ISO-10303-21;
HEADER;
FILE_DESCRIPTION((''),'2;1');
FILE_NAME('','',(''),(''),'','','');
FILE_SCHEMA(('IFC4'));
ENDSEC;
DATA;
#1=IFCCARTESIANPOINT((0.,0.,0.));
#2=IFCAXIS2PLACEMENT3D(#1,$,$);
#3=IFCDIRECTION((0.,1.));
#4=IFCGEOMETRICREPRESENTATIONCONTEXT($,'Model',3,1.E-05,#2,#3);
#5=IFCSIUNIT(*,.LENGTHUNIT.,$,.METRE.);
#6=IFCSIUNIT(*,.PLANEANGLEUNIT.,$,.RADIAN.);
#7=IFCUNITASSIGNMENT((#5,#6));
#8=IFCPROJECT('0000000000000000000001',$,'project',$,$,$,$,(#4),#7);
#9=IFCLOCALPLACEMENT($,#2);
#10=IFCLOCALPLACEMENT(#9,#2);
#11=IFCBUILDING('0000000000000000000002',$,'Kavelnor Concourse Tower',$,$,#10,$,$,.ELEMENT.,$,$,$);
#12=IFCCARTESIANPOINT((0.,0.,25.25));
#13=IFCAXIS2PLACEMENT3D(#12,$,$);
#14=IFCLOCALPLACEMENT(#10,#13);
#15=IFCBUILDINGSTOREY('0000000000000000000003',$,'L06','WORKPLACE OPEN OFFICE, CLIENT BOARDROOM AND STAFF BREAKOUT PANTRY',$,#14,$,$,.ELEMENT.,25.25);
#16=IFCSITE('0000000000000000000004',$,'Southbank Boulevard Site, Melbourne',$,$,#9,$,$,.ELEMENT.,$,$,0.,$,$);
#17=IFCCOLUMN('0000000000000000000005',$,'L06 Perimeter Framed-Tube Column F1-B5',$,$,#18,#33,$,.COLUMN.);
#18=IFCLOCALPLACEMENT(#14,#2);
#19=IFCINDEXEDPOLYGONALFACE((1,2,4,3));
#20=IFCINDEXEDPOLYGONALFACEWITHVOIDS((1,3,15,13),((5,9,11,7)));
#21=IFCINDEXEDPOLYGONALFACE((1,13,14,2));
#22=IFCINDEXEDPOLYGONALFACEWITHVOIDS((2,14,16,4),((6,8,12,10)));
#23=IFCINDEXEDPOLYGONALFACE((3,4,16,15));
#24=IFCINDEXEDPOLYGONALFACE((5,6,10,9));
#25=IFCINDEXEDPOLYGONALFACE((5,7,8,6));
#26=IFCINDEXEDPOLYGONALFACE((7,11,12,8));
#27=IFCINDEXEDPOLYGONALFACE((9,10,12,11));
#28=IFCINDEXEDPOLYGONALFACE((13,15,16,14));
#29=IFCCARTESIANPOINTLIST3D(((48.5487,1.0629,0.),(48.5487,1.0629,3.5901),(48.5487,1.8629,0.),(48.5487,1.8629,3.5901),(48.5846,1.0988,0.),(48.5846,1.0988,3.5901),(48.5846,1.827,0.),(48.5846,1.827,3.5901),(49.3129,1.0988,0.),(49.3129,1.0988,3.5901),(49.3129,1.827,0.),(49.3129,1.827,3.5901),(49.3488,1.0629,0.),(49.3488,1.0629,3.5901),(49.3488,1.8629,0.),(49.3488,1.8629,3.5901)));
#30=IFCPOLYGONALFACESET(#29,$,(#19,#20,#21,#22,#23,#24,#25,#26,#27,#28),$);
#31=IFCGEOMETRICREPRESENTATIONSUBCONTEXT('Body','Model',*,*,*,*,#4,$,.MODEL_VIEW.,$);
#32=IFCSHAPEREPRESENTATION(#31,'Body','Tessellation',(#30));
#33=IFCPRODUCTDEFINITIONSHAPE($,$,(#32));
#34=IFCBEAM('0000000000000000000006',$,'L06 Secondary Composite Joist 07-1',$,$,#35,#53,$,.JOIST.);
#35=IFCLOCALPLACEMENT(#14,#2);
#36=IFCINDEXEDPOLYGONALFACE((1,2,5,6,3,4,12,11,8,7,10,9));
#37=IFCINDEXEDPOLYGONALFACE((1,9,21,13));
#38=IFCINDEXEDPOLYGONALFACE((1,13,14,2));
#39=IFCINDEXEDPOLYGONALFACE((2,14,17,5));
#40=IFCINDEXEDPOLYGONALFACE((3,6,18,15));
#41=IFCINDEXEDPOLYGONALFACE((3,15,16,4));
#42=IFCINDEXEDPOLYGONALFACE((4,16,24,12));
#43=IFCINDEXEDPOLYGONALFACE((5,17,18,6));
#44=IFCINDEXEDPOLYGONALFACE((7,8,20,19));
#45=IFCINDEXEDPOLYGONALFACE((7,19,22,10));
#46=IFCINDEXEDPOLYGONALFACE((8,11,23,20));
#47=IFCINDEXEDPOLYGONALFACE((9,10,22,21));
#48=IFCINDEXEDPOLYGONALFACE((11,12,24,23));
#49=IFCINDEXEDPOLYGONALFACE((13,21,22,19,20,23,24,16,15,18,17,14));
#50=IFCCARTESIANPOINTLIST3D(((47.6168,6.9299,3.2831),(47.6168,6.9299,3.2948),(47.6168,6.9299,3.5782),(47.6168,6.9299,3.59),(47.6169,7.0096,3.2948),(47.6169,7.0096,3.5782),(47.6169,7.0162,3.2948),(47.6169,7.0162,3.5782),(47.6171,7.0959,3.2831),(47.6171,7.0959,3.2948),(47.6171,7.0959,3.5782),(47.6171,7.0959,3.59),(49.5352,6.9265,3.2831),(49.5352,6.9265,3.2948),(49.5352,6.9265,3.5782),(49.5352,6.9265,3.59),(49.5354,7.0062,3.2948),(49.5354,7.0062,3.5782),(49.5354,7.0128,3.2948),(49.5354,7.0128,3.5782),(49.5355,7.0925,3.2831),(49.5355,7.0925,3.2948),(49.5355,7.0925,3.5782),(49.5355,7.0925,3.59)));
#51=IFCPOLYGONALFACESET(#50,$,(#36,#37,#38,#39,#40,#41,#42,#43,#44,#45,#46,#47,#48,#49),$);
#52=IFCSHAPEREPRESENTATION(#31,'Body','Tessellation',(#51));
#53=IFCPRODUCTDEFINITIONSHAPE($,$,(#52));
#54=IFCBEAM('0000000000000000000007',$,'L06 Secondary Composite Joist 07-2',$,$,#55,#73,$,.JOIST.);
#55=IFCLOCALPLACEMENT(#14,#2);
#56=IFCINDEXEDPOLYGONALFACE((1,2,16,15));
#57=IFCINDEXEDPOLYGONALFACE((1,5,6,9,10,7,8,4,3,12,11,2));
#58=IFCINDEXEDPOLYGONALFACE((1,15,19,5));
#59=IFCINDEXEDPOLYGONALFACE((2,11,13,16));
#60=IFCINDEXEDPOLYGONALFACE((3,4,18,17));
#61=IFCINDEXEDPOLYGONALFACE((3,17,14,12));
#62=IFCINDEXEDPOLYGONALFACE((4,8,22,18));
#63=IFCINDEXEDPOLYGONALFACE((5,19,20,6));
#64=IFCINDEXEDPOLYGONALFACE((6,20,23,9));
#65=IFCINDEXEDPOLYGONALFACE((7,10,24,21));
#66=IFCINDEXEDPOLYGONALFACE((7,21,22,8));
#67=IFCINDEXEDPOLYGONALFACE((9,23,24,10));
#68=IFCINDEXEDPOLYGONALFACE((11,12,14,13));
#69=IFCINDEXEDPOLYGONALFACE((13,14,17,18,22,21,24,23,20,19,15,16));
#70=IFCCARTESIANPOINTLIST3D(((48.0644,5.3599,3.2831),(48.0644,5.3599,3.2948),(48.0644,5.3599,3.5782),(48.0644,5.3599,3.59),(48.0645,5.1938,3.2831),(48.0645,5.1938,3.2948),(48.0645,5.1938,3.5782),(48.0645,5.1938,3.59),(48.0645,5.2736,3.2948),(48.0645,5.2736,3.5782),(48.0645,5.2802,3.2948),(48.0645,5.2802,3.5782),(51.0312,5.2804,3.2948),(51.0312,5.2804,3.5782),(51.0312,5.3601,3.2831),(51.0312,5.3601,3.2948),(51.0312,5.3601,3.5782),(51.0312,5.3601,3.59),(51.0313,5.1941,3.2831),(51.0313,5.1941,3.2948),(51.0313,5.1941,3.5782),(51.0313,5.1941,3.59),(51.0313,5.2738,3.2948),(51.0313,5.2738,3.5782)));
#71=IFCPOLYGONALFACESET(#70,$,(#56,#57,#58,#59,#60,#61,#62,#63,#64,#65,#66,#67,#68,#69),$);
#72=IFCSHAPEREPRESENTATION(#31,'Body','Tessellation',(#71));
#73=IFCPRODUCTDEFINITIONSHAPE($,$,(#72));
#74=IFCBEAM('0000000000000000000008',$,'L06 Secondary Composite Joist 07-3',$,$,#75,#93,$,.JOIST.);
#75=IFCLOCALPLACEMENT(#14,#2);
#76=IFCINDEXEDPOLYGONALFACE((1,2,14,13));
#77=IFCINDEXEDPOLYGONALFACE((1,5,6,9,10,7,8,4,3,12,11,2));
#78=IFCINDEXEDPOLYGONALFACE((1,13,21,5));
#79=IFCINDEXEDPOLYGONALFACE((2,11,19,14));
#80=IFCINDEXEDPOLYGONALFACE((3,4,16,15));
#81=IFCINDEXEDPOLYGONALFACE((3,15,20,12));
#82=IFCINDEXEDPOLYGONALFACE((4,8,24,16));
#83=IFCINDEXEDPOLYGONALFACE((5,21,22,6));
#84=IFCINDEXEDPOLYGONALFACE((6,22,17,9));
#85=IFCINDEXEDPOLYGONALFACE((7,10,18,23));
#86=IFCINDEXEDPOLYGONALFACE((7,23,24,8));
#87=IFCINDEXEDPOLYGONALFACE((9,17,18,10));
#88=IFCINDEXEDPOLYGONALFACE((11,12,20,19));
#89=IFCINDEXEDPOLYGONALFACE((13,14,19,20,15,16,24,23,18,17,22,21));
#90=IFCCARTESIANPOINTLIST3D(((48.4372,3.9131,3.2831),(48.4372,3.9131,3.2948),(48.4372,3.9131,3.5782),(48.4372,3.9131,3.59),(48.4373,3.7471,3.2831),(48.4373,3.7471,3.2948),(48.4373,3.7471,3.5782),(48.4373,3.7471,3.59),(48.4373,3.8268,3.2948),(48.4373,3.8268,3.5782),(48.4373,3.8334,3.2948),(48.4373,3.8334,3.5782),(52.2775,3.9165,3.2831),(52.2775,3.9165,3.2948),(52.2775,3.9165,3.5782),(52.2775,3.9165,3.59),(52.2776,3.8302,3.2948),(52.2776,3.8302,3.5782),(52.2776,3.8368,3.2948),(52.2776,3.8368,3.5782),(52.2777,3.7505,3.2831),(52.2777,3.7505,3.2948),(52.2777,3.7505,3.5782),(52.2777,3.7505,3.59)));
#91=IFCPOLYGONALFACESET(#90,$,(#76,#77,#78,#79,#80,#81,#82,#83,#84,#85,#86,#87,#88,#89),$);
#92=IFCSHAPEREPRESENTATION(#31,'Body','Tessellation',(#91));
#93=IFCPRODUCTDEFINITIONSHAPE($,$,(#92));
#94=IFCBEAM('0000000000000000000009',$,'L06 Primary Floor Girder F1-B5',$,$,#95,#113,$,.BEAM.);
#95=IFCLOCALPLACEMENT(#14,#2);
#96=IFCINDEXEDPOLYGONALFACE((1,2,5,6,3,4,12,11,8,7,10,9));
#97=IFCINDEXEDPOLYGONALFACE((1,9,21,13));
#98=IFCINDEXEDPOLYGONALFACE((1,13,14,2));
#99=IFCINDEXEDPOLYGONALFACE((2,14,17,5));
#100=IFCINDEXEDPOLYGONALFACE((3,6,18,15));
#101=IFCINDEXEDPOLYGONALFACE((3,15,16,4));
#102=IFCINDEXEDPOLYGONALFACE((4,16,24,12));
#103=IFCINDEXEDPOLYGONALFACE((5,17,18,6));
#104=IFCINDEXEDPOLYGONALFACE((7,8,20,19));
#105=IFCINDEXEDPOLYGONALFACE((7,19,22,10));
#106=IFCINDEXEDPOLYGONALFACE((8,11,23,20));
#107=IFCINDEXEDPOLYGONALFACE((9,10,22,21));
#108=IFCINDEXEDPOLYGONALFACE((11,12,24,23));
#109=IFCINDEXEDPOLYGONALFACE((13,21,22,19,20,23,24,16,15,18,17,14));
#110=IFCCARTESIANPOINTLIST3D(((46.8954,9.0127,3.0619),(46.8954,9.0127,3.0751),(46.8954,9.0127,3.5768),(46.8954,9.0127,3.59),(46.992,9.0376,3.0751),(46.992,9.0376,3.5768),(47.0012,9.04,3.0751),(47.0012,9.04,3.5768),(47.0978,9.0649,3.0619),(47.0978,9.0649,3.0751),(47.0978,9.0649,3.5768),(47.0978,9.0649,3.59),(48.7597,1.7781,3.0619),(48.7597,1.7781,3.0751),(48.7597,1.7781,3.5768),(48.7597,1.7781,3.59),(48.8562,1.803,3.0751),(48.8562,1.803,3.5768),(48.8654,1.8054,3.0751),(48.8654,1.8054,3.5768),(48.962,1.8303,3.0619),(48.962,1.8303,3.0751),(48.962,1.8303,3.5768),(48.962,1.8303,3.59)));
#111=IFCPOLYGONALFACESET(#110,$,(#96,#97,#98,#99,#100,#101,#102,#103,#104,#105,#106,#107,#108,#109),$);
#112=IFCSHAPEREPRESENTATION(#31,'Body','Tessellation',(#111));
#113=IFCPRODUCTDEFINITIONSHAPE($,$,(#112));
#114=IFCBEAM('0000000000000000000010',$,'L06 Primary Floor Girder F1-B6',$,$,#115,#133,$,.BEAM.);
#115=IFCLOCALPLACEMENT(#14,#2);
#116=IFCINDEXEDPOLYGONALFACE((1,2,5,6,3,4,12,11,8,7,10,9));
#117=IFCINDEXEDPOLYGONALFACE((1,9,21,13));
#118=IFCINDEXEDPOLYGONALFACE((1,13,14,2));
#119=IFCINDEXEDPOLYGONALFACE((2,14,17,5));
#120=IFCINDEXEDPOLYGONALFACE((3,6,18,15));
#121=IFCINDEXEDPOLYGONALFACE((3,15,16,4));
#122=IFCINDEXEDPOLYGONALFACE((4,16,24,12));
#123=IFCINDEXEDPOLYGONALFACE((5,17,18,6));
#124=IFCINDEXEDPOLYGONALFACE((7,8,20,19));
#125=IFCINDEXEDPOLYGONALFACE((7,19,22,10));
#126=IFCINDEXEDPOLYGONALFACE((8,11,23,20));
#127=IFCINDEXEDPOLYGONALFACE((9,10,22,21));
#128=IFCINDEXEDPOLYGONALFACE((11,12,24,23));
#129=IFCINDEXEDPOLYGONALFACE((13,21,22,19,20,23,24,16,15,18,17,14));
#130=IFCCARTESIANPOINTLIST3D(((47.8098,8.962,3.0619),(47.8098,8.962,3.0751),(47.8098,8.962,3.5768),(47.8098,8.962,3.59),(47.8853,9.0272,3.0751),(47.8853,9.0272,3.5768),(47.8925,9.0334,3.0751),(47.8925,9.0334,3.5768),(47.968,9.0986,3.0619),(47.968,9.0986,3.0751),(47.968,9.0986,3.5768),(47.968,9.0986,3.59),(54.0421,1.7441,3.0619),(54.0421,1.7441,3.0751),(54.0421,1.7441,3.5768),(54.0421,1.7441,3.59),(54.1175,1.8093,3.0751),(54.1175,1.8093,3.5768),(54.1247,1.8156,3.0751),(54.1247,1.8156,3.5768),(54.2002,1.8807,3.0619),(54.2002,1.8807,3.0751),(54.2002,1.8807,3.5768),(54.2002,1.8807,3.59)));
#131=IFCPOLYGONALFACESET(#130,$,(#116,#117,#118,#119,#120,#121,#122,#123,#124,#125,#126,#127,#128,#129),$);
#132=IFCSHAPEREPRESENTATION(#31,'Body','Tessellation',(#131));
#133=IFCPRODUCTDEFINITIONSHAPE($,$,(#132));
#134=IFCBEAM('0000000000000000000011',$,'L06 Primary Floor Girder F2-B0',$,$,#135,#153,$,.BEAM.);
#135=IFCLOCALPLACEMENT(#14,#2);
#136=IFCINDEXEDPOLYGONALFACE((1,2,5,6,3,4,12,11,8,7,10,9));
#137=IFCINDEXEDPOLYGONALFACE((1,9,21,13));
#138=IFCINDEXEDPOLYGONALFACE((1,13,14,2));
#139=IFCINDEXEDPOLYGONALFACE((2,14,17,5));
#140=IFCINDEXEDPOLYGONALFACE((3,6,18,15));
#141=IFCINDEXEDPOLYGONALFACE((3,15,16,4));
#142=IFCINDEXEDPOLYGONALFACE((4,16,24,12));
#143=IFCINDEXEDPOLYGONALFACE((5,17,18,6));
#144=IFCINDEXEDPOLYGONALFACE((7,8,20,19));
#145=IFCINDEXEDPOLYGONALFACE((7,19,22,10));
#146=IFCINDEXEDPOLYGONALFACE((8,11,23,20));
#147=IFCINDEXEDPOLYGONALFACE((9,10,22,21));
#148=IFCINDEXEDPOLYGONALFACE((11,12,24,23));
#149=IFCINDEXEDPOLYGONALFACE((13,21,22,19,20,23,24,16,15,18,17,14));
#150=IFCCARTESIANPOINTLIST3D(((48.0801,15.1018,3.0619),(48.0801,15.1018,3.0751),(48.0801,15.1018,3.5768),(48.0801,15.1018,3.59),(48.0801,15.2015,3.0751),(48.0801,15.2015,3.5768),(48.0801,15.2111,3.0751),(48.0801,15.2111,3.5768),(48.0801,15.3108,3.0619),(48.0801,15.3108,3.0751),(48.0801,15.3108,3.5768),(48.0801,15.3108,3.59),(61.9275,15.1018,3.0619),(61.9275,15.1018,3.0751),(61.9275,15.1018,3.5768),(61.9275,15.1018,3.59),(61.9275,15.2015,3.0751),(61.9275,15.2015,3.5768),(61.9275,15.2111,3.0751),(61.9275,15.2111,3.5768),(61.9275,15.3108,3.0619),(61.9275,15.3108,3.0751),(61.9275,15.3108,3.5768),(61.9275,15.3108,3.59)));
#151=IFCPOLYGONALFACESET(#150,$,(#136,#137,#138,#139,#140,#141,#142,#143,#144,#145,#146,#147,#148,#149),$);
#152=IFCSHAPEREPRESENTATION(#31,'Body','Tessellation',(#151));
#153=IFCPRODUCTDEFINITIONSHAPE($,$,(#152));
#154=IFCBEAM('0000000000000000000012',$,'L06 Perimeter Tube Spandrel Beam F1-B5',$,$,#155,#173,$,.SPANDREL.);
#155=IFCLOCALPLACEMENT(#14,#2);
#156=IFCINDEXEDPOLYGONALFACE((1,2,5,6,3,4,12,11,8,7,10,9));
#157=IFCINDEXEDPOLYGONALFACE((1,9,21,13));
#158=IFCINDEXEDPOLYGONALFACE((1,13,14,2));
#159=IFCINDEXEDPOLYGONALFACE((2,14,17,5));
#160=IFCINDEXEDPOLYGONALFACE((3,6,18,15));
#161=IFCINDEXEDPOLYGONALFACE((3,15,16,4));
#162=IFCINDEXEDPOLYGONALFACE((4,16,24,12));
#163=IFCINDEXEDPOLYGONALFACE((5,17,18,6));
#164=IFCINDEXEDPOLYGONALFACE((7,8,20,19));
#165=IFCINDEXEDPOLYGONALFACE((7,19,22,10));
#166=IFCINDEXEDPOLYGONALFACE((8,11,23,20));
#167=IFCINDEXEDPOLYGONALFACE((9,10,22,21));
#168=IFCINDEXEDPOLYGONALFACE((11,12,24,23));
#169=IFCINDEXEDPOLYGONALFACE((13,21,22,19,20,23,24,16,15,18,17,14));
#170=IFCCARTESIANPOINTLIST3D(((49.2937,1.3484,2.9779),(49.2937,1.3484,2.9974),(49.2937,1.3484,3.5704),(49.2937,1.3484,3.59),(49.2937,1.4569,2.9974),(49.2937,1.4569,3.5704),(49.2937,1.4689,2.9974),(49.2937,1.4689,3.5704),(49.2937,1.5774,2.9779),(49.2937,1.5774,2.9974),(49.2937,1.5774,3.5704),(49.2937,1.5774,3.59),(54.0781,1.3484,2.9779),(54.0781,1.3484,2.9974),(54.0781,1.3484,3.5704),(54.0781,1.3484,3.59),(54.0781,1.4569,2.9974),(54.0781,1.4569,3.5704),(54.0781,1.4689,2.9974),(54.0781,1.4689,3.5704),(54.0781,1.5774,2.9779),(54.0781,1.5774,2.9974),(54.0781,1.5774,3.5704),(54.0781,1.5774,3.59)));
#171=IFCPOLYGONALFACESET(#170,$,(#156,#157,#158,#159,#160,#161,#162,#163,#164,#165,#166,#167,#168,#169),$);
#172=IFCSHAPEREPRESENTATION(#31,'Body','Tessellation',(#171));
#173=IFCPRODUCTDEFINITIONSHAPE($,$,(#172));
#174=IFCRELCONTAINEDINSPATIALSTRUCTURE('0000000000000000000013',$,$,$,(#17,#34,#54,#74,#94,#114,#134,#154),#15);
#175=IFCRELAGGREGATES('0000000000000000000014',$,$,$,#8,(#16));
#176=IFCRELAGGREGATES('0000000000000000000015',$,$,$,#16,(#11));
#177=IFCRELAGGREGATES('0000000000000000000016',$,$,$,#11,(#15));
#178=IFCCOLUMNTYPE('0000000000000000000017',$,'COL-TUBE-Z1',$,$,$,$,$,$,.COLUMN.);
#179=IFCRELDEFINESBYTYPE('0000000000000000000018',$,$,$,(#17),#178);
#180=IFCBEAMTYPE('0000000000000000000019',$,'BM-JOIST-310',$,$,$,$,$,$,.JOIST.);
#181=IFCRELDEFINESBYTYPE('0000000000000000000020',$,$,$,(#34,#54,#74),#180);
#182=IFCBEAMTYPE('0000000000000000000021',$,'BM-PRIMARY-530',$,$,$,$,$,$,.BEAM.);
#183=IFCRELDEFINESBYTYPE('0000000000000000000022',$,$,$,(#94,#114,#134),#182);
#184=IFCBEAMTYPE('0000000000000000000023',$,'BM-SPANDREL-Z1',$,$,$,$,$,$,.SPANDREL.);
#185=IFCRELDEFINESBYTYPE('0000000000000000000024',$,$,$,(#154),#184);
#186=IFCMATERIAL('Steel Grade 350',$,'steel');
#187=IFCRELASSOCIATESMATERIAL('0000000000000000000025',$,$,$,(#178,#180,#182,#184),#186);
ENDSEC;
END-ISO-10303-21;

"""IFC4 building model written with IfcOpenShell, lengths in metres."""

from ifc_helpers import new_model, si_unit, direction, frame, origin, origin_2d, place, context, subcontext, project, spatial, hollow_rectangle, i_section, extrude, material, material_profile, profile_set, type_object, element, save


model = new_model("IFC4")

# Units and contexts
model_context = context("Model", 3, precision=1e-05, world=origin(), true_north=direction((0.0, 1.0)))
body_context = subcontext(model_context, "Body", "Model", "MODEL_VIEW")
ifc_project = project(units=[si_unit("LENGTHUNIT", "METRE"), si_unit("PLANEANGLEUNIT", "RADIAN")], contexts=[model_context])

# Site, building, storey
site_placement = place(None, origin())
site = spatial("IfcSite", under=ifc_project, at=site_placement, Name="Southbank Boulevard Site, Melbourne", CompositionType="ELEMENT", RefElevation=0.0)
building_placement = place(site_placement, origin())
building = spatial("IfcBuilding", under=site, at=building_placement, Name="Kavelnor Concourse Tower", CompositionType="ELEMENT")
storey_placement = place(building_placement, frame((0.0, 0.0, 25.25)))
storey = spatial("IfcBuildingStorey", under=building, at=storey_placement, Name="L06", Description="WORKPLACE OPEN OFFICE, CLIENT BOARDROOM AND STAFF BREAKOUT PANTRY", CompositionType="ELEMENT", Elevation=25.25)

# Column
ifc_material_1 = material(Name="Steel Grade 350", Category="steel")
ifc_material_profile_1 = material_profile(ifc_material_1, hollow_rectangle(XDim=0.8, YDim=0.8, WallThickness=0.0359, at=origin_2d()), Name="SHS 800x800x36")
ifc_profile_set_1 = profile_set([ifc_material_profile_1], Name="Steel Grade 350")
column_type = type_object("IfcColumnType", Name="COL-TUBE-Z1", PredefinedType="COLUMN", material=ifc_profile_set_1)
column_placement = place(storey_placement, frame((48.9487, 1.4629, 0.0), z_axis=(0.0, 0.0, 1.0), x_axis=(1.0, 0.0, 0.0)))
element("IfcColumn", 1, at=column_placement, inside=storey, type_object=column_type, Name="L06 Perimeter Framed-Tube Column F1-B5", PredefinedType="COLUMN", context=body_context, shape_type="SweptSolid", body=[
    extrude(hollow_rectangle(XDim=0.8, YDim=0.8, WallThickness=0.0359, at=origin_2d()), origin(), (0.0, 0.0, 1.0), 3.5901),
])

# Beams
ifc_material_profile_2 = material_profile(ifc_material_1, i_section(OverallWidth=0.166, OverallDepth=0.3069, WebThickness=0.0066, FlangeThickness=0.0117, at=origin_2d()), Name="310UB46")
ifc_profile_set_2 = profile_set([ifc_material_profile_2], Name="Steel Grade 350")
beam_type_1 = type_object("IfcBeamType", Name="BM-JOIST-310", PredefinedType="JOIST", material=ifc_profile_set_2)
beam_1_placement = place(storey_placement, frame((47.6169, 7.0129, 3.4365), z_axis=(0.999998, -0.001782, 0.0), x_axis=(0.001782, 0.999998, 0.0)))
element("IfcBeam", 2, at=beam_1_placement, inside=storey, type_object=beam_type_1, Name="L06 Secondary Composite Joist 07-1", PredefinedType="JOIST", context=body_context, shape_type="SweptSolid", body=[
    extrude(i_section(OverallWidth=0.166, OverallDepth=0.3069, WebThickness=0.0066, FlangeThickness=0.0117, at=origin_2d()), origin(), (0.0, 0.0, 1.0), 1.9185),
])
beam_2_placement = place(storey_placement, frame((48.0645, 5.2769, 3.4365), z_axis=(1.0, 0.000082, 0.0), x_axis=(-0.000082, 1.0, 0.0)))
element("IfcBeam", 3, at=beam_2_placement, inside=storey, type_object=beam_type_1, Name="L06 Secondary Composite Joist 07-2", PredefinedType="JOIST", context=body_context, shape_type="SweptSolid", body=[
    extrude(i_section(OverallWidth=0.166, OverallDepth=0.3069, WebThickness=0.0066, FlangeThickness=0.0117, at=origin_2d()), origin(), (0.0, 0.0, 1.0), 2.9668),
])
beam_3_placement = place(storey_placement, frame((48.4373, 3.8301, 3.4365), z_axis=(1.0, 0.00089, 0.0), x_axis=(-0.00089, 1.0, 0.0)))
element("IfcBeam", 4, at=beam_3_placement, inside=storey, type_object=beam_type_1, Name="L06 Secondary Composite Joist 07-3", PredefinedType="JOIST", context=body_context, shape_type="SweptSolid", body=[
    extrude(i_section(OverallWidth=0.166, OverallDepth=0.3069, WebThickness=0.0066, FlangeThickness=0.0117, at=origin_2d()), origin(), (0.0, 0.0, 1.0), 3.8403),
])
ifc_material_profile_3 = material_profile(ifc_material_1, i_section(OverallWidth=0.209, OverallDepth=0.5281, WebThickness=0.0095, FlangeThickness=0.0132, at=origin_2d()), Name="530UB82")
ifc_profile_set_3 = profile_set([ifc_material_profile_3], Name="Steel Grade 350")
beam_type_2 = type_object("IfcBeamType", Name="BM-PRIMARY-530", PredefinedType="BEAM", material=ifc_profile_set_3)
beam_4_placement = place(storey_placement, frame((46.9966, 9.0388, 3.3259), z_axis=(0.249534, -0.968366, 0.0), x_axis=(0.968366, 0.249534, 0.0)))
element("IfcBeam", 5, at=beam_4_placement, inside=storey, type_object=beam_type_2, Name="L06 Primary Floor Girder F1-B5", PredefinedType="BEAM", context=body_context, shape_type="SweptSolid", body=[
    extrude(i_section(OverallWidth=0.209, OverallDepth=0.5281, WebThickness=0.0095, FlangeThickness=0.0132, at=origin_2d()), origin(), (0.0, 0.0, 1.0), 7.4709),
])
beam_5_placement = place(storey_placement, frame((47.8889, 9.0303, 3.3259), z_axis=(0.653539, -0.756893, 0.0), x_axis=(0.756893, 0.653539, 0.0)))
element("IfcBeam", 6, at=beam_5_placement, inside=storey, type_object=beam_type_2, Name="L06 Primary Floor Girder F1-B6", PredefinedType="BEAM", context=body_context, shape_type="SweptSolid", body=[
    extrude(i_section(OverallWidth=0.209, OverallDepth=0.5281, WebThickness=0.0095, FlangeThickness=0.0132, at=origin_2d()), origin(), (0.0, 0.0, 1.0), 9.5361),
])
beam_6_placement = place(storey_placement, frame((48.0801, 15.2063, 3.3259), z_axis=(1.0, 0.0, 0.0), x_axis=(0.0, 1.0, 0.0)))
element("IfcBeam", 7, at=beam_6_placement, inside=storey, type_object=beam_type_2, Name="L06 Primary Floor Girder F2-B0", PredefinedType="BEAM", context=body_context, shape_type="SweptSolid", body=[
    extrude(i_section(OverallWidth=0.209, OverallDepth=0.5281, WebThickness=0.0095, FlangeThickness=0.0132, at=origin_2d()), origin(), (0.0, 0.0, 1.0), 13.8474),
])
ifc_material_profile_4 = material_profile(ifc_material_1, i_section(OverallWidth=0.229, OverallDepth=0.6121, WebThickness=0.012, FlangeThickness=0.0195, at=origin_2d()), Name="610UB125")
ifc_profile_set_4 = profile_set([ifc_material_profile_4], Name="Steel Grade 350")
beam_type_3 = type_object("IfcBeamType", Name="BM-SPANDREL-Z1", PredefinedType="SPANDREL", material=ifc_profile_set_4)
beam_7_placement = place(storey_placement, frame((49.2937, 1.4629, 3.2839), z_axis=(1.0, 0.0, 0.0), x_axis=(0.0, 1.0, 0.0)))
element("IfcBeam", 8, at=beam_7_placement, inside=storey, type_object=beam_type_3, Name="L06 Perimeter Tube Spandrel Beam F1-B5", PredefinedType="SPANDREL", context=body_context, shape_type="SweptSolid", body=[
    extrude(i_section(OverallWidth=0.229, OverallDepth=0.6121, WebThickness=0.012, FlangeThickness=0.0195, at=origin_2d()), origin(), (0.0, 0.0, 1.0), 4.7844),
])

save(model, "model.ifc")
